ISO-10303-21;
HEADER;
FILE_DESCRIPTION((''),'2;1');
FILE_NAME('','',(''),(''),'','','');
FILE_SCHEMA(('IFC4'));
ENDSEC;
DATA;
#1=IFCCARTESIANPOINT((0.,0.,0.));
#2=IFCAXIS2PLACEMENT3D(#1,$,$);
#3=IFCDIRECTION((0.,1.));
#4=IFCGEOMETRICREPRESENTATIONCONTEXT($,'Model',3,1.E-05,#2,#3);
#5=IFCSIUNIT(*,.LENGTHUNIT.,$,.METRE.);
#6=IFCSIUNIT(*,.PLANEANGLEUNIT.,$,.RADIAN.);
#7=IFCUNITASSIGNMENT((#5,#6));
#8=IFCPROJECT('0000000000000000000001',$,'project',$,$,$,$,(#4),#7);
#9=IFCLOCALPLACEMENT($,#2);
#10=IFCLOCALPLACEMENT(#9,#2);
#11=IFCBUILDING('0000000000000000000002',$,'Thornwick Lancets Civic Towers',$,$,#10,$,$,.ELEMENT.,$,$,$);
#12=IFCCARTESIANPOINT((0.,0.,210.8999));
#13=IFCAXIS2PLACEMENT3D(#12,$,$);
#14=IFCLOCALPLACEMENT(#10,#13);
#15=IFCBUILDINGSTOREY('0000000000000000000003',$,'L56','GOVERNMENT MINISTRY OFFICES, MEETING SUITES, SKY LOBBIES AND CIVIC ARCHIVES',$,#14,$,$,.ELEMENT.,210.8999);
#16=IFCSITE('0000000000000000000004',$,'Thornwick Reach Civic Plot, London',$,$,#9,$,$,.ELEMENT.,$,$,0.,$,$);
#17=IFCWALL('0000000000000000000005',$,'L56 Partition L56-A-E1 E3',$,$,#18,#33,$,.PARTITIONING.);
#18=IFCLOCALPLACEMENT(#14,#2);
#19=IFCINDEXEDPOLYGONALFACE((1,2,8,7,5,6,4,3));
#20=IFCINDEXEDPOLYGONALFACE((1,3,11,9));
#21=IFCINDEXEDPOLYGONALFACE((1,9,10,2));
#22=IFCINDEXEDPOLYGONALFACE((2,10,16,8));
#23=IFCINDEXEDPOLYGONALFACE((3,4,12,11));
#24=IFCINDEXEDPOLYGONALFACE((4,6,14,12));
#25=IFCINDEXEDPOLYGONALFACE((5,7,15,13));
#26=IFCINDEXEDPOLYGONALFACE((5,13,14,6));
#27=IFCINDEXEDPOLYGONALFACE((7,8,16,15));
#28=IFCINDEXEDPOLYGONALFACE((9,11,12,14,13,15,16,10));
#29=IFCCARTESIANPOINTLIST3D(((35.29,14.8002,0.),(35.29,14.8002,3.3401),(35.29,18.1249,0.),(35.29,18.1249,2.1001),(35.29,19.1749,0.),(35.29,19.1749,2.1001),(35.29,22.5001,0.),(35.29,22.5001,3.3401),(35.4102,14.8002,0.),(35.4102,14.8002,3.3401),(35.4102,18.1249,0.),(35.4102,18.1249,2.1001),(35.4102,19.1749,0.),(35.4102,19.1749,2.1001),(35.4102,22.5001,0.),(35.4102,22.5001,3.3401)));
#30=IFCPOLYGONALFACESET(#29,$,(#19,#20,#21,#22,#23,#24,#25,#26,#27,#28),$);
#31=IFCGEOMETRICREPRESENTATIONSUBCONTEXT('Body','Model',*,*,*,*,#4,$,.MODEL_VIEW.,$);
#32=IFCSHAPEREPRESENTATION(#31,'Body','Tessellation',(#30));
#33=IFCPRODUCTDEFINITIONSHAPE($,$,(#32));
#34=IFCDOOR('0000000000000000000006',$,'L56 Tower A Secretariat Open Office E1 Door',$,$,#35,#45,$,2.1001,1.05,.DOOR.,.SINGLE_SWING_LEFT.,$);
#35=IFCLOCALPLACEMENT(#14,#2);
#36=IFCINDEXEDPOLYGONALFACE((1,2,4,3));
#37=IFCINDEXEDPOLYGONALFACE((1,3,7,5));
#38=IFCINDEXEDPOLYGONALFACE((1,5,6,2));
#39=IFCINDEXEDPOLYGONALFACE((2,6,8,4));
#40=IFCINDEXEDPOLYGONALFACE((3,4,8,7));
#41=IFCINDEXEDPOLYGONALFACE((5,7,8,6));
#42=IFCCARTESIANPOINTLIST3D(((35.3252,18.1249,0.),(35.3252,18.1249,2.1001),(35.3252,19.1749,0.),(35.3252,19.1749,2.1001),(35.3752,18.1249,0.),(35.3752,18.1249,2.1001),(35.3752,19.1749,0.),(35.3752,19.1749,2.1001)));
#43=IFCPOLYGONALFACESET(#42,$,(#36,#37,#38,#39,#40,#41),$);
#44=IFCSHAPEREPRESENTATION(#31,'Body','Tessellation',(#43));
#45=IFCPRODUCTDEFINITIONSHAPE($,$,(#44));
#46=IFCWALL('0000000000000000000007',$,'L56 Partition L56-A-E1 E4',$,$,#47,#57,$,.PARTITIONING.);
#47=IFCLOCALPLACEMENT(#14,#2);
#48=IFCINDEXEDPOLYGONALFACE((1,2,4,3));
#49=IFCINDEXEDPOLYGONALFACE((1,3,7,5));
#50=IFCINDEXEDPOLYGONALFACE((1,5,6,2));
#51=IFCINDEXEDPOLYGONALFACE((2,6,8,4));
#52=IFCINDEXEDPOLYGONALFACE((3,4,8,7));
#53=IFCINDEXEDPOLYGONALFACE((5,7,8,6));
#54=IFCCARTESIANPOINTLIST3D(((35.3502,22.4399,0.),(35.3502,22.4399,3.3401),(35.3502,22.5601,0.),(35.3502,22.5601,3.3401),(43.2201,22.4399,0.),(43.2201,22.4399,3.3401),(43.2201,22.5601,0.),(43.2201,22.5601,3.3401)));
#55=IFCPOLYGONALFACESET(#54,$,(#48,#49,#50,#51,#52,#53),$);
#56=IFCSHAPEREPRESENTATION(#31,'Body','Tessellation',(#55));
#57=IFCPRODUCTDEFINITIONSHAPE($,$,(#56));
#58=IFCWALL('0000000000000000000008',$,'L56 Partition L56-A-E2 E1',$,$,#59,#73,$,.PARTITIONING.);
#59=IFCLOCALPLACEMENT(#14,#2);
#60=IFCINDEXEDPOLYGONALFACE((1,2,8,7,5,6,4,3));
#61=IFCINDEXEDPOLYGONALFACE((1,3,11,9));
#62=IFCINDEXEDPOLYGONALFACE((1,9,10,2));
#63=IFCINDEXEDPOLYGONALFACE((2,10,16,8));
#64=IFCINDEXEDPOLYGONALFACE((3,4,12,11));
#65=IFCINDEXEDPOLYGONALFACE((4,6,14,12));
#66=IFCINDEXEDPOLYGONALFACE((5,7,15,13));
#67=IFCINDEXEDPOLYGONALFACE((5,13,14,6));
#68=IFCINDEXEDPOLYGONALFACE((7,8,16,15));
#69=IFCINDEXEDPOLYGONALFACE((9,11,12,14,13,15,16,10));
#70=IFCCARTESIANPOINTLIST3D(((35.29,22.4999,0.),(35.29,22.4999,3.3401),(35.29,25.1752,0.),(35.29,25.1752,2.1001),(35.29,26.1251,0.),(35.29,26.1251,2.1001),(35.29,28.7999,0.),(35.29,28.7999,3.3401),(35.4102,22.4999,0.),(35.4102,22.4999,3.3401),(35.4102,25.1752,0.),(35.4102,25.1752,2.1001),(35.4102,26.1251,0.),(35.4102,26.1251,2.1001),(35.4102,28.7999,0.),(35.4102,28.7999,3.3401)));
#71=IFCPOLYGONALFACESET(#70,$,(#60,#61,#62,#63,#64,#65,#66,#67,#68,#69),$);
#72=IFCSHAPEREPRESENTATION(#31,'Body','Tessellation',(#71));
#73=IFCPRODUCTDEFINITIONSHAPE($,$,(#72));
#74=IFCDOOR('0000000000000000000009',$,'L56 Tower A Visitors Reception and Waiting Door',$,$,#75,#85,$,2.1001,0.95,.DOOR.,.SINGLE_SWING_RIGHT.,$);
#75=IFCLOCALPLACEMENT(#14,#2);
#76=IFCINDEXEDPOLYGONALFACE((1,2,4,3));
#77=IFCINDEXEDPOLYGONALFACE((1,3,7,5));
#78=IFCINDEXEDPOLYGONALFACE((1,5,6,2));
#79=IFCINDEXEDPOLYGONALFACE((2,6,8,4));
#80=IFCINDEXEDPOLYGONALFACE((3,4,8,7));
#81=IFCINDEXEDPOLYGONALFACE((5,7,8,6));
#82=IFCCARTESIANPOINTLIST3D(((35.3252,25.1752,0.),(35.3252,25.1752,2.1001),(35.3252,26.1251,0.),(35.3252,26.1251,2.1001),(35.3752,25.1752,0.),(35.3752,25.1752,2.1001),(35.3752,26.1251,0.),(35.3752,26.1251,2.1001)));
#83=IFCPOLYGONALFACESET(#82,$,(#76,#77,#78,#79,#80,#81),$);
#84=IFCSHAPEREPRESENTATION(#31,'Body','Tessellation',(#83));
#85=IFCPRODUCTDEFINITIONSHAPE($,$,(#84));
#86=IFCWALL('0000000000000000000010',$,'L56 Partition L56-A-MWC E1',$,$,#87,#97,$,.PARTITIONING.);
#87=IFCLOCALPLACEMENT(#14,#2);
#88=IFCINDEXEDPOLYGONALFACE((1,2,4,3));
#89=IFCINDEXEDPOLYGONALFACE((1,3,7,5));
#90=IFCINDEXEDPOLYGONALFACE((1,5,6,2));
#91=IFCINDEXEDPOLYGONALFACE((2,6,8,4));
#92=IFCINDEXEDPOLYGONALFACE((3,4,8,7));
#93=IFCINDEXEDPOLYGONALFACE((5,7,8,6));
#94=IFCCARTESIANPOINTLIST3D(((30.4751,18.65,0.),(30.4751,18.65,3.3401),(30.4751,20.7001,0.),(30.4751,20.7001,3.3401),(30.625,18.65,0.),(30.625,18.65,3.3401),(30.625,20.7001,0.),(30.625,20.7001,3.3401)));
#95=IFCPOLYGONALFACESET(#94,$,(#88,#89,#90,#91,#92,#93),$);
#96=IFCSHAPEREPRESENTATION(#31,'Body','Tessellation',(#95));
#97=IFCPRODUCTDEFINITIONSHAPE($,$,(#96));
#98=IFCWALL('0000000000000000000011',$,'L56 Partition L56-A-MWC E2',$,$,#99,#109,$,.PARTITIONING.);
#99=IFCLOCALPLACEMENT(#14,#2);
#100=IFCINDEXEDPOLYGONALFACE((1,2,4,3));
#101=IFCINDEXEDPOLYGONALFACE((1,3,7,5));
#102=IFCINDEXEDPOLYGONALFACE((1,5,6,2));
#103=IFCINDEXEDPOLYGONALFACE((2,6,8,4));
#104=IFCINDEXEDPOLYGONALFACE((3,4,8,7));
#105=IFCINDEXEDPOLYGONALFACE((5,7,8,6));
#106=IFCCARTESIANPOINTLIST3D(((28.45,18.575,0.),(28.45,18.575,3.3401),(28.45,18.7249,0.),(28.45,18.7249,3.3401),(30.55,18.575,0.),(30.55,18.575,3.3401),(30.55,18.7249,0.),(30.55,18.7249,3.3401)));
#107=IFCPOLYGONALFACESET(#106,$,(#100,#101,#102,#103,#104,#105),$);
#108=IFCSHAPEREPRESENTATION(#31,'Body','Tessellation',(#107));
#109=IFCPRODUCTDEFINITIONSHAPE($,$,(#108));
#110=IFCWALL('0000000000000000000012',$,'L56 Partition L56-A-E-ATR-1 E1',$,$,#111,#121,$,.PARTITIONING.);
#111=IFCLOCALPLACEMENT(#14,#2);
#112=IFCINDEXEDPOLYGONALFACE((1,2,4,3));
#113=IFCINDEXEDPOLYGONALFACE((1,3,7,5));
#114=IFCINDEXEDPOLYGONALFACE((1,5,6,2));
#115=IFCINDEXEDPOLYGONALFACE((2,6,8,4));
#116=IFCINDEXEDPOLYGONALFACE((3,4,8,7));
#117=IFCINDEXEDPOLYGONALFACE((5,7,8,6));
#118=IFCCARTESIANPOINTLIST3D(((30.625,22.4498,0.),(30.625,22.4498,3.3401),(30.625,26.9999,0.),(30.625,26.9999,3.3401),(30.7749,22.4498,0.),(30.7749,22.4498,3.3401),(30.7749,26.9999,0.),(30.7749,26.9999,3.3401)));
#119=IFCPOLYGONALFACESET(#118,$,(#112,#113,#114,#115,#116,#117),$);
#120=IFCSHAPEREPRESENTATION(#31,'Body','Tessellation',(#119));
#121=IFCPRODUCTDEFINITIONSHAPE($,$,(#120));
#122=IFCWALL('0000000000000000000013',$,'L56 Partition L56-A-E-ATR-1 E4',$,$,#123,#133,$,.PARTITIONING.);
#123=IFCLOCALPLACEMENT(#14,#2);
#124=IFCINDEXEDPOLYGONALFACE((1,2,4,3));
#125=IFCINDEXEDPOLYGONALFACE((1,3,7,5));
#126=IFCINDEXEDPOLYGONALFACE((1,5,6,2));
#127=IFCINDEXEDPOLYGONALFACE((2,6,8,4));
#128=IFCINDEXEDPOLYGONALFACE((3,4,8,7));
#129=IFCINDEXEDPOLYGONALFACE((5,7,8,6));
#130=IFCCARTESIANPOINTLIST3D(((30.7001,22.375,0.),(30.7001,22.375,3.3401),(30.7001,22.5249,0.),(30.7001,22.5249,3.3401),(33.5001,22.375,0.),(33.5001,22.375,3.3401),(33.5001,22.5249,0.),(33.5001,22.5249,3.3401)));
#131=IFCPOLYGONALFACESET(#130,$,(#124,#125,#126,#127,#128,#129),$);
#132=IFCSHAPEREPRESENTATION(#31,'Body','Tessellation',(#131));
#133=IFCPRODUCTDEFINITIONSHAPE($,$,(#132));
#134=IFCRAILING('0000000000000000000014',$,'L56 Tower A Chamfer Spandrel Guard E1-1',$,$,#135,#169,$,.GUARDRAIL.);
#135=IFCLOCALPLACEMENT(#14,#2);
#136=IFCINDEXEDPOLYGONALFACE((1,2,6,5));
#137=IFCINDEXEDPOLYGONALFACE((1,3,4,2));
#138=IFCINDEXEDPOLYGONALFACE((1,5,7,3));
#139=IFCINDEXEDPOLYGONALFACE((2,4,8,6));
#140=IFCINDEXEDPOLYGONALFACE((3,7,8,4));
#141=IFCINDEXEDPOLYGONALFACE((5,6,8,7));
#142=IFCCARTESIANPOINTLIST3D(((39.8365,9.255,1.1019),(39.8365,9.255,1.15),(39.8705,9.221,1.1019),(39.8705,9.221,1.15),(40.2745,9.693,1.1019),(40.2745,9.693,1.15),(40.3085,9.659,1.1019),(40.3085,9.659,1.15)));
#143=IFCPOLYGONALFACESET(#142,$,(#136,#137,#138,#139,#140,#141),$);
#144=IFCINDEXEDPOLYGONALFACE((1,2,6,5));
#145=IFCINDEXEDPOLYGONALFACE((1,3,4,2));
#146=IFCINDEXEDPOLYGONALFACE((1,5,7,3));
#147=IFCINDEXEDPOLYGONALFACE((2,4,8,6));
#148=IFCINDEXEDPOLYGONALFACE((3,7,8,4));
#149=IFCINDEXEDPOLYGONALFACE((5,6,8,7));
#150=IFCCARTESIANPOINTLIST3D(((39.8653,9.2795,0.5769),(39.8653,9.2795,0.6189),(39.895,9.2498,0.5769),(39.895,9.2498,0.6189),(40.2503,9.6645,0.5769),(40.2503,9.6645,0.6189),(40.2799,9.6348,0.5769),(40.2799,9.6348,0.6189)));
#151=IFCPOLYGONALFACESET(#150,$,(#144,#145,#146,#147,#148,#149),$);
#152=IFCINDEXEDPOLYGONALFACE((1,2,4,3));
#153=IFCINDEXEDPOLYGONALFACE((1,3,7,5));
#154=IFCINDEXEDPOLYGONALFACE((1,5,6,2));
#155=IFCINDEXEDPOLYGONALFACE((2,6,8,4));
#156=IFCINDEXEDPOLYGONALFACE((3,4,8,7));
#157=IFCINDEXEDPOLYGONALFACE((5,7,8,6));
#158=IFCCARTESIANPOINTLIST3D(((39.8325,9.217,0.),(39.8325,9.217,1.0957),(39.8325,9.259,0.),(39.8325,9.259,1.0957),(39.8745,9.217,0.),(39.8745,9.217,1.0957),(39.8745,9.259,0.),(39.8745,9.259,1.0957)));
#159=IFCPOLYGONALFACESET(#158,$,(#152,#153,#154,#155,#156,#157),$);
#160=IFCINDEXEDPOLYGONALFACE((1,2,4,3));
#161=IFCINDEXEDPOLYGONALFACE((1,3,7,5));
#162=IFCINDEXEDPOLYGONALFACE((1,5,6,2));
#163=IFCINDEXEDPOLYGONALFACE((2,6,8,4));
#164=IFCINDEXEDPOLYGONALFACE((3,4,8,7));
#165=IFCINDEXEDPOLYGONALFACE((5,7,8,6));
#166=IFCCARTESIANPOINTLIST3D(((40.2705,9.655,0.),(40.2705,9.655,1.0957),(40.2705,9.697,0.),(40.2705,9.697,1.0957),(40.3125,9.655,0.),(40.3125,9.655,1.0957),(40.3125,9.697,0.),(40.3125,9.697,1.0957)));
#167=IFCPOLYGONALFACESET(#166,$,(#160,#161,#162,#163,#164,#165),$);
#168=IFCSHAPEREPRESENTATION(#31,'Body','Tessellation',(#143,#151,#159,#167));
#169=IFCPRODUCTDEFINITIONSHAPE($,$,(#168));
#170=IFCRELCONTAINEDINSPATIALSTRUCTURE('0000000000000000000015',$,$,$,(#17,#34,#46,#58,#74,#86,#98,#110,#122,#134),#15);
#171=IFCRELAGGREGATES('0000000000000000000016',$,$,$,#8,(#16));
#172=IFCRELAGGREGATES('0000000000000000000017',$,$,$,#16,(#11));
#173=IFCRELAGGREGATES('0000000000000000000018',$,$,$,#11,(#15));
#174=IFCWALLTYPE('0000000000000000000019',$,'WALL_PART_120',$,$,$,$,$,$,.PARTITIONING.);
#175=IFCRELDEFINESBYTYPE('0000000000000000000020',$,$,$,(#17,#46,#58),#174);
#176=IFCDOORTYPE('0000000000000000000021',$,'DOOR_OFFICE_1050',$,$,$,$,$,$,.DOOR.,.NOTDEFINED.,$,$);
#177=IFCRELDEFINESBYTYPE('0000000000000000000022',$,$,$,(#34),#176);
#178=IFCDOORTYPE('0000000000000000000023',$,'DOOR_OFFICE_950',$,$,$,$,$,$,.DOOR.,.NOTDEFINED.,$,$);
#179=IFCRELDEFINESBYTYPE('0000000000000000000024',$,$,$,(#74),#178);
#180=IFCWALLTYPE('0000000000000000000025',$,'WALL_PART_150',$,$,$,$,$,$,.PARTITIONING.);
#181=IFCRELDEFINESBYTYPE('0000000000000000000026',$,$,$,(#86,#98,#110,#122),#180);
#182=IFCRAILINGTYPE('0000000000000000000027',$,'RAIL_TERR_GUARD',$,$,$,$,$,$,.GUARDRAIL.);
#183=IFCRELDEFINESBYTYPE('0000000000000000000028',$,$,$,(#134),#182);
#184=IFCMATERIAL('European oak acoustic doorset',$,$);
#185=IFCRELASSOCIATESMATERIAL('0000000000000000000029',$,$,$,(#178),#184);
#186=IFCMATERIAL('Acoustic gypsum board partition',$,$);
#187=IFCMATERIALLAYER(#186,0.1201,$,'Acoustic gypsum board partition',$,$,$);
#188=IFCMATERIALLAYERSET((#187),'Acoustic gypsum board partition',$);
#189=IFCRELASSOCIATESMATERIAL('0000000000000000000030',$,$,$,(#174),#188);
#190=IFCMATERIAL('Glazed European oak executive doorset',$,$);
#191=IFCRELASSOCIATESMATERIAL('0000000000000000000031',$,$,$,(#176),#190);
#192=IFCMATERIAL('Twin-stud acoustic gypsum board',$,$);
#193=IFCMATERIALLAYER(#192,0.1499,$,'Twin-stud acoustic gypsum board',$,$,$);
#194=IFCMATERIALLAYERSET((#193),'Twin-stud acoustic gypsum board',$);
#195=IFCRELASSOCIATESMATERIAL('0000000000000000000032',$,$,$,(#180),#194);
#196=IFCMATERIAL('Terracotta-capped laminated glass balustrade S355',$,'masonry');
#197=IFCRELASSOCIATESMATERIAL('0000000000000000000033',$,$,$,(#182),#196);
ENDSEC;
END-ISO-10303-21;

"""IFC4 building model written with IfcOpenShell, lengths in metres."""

from ifc_helpers import new_model, si_unit, direction, frame, frame_2d, origin, origin_2d, place, context, subcontext, project, spatial, rectangle, extrude, material, layer, layer_set, type_object, element, fill, save


model = new_model("IFC4")

# Units and contexts
model_context = context("Model", 3, precision=1e-05, world=origin(), true_north=direction((0.0, 1.0)))
body_context = subcontext(model_context, "Body", "Model", "MODEL_VIEW")
ifc_project = project(units=[si_unit("LENGTHUNIT", "METRE"), si_unit("PLANEANGLEUNIT", "RADIAN")], contexts=[model_context])

# Site, building, storey
site_placement = place(None, origin())
site = spatial("IfcSite", under=ifc_project, at=site_placement, Name="Thornwick Reach Civic Plot, London", CompositionType="ELEMENT", RefElevation=0.0)
building_placement = place(site_placement, origin())
building = spatial("IfcBuilding", under=site, at=building_placement, Name="Thornwick Lancets Civic Towers", CompositionType="ELEMENT")
storey_placement = place(building_placement, frame((0.0, 0.0, 210.8999)))
storey = spatial("IfcBuildingStorey", under=building, at=storey_placement, Name="L56", Description="GOVERNMENT MINISTRY OFFICES, MEETING SUITES, SKY LOBBIES AND CIVIC ARCHIVES", CompositionType="ELEMENT", Elevation=210.8999)

# Shared definitions
ifc_material_1 = material(Name="European oak acoustic doorset")
door_type_1 = type_object("IfcDoorType", Name="DOOR_OFFICE_950", OperationType="NOTDEFINED", PredefinedType="DOOR", material=ifc_material_1)

# Shared definitions
ifc_material_2 = material(Name="Acoustic gypsum board partition")
ifc_layer_1 = layer(ifc_material_2, 0.1201, Name="Acoustic gypsum board partition")
ifc_layer_set_1 = layer_set([ifc_layer_1], Name="Acoustic gypsum board partition")
wall_type_1 = type_object("IfcWallType", Name="WALL_PART_120", PredefinedType="PARTITIONING", material=ifc_layer_set_1)

# Wall, opening, door
wall_1_placement = place(storey_placement, frame((35.3501, 14.8, 0.0), z_axis=(0.0, 0.0, 1.0), x_axis=(0.0, 1.0, 0.0)))
wall_1 = element("IfcWall", 1, at=wall_1_placement, inside=storey, type_object=wall_type_1, Name="L56 Partition L56-A-E1 E3", PredefinedType="PARTITIONING", context=body_context, shape_type="SweptSolid", body=[
    extrude(rectangle(XDim=7.7, YDim=0.1201, at=frame_2d((3.8501, 0.0))), origin(), (0.0, 0.0, 1.0), 3.3401),
])
opening_1_placement = place(wall_1_placement, frame((3.325, 0.0, 0.0)))
opening_1 = element("IfcOpeningElement", 2, at=opening_1_placement, cuts=wall_1, PredefinedType="OPENING", context=body_context, shape_type="SweptSolid", body=[
    extrude(rectangle(XDim=1.05, YDim=2.1001, at=frame_2d((0.5249, 1.05))), frame((0.0, 0.0701, 0.0), z_axis=(0.0, -1.0, 0.0), x_axis=(1.0, 0.0, 0.0)), (0.0, 0.0, 1.0), 0.1401),
])
ifc_material_3 = material(Name="Glazed European oak executive doorset")
door_type_2 = type_object("IfcDoorType", Name="DOOR_OFFICE_1050", OperationType="NOTDEFINED", PredefinedType="DOOR", material=ifc_material_3)
door_1_placement = place(opening_1_placement, origin())
door_1 = element("IfcDoor", 3, at=door_1_placement, inside=storey, type_object=door_type_2, Name="L56 Tower A Secretariat Open Office E1 Door", OperationType="SINGLE_SWING_LEFT", OverallHeight=2.1001, OverallWidth=1.05, PredefinedType="DOOR", context=body_context, shape_type="SweptSolid", body=[
    extrude(rectangle(XDim=1.05, YDim=2.1001, at=frame_2d((0.5249, 1.05))), frame((0.0, 0.0249, 0.0), z_axis=(0.0, -1.0, 0.0), x_axis=(1.0, 0.0, 0.0)), (0.0, 0.0, 1.0), 0.05),
])
fill(opening_1, door_1)

# Wall
wall_2_placement = place(storey_placement, frame((35.3501, 22.5, 0.0), z_axis=(0.0, 0.0, 1.0), x_axis=(1.0, 0.0, 0.0)))
element("IfcWall", 4, at=wall_2_placement, inside=storey, type_object=wall_type_1, Name="L56 Partition L56-A-E1 E4", PredefinedType="PARTITIONING", context=body_context, shape_type="SweptSolid", body=[
    extrude(rectangle(XDim=7.8699, YDim=0.1201, at=frame_2d((3.9351, 0.0))), origin(), (0.0, 0.0, 1.0), 3.3401),
])

# Wall, opening, door
wall_3_placement = place(storey_placement, frame((35.3501, 22.5, 0.0), z_axis=(0.0, 0.0, 1.0), x_axis=(0.0, 1.0, 0.0)))
wall_3 = element("IfcWall", 5, at=wall_3_placement, inside=storey, type_object=wall_type_1, Name="L56 Partition L56-A-E2 E1", PredefinedType="PARTITIONING", context=body_context, shape_type="SweptSolid", body=[
    extrude(rectangle(XDim=6.3, YDim=0.1201, at=frame_2d((3.1499, 0.0))), origin(), (0.0, 0.0, 1.0), 3.3401),
])
opening_2_placement = place(wall_3_placement, frame((2.675, 0.0, 0.0)))
opening_2 = element("IfcOpeningElement", 6, at=opening_2_placement, cuts=wall_3, PredefinedType="OPENING", context=body_context, shape_type="SweptSolid", body=[
    extrude(rectangle(XDim=0.95, YDim=2.1001, at=frame_2d((0.4751, 1.05))), frame((0.0, 0.0701, 0.0), z_axis=(0.0, -1.0, 0.0), x_axis=(1.0, 0.0, 0.0)), (0.0, 0.0, 1.0), 0.1401),
])
door_2_placement = place(opening_2_placement, origin())
door_2 = element("IfcDoor", 7, at=door_2_placement, inside=storey, type_object=door_type_1, Name="L56 Tower A Visitors Reception and Waiting Door", OperationType="SINGLE_SWING_RIGHT", OverallHeight=2.1001, OverallWidth=0.95, PredefinedType="DOOR", context=body_context, shape_type="SweptSolid", body=[
    extrude(rectangle(XDim=0.95, YDim=2.1001, at=frame_2d((0.4751, 1.05))), frame((0.0, 0.0249, 0.0), z_axis=(0.0, -1.0, 0.0), x_axis=(1.0, 0.0, 0.0)), (0.0, 0.0, 1.0), 0.05),
])
fill(opening_2, door_2)

# Walls
ifc_material_4 = material(Name="Twin-stud acoustic gypsum board")
ifc_layer_2 = layer(ifc_material_4, 0.1499, Name="Twin-stud acoustic gypsum board")
ifc_layer_set_2 = layer_set([ifc_layer_2], Name="Twin-stud acoustic gypsum board")
wall_type_2 = type_object("IfcWallType", Name="WALL_PART_150", PredefinedType="PARTITIONING", material=ifc_layer_set_2)
wall_4_placement = place(storey_placement, frame((30.55, 20.7, 0.0), z_axis=(0.0, 0.0, 1.0), x_axis=(0.0, -1.0, 0.0)))
element("IfcWall", 8, at=wall_4_placement, inside=storey, type_object=wall_type_2, Name="L56 Partition L56-A-MWC E1", PredefinedType="PARTITIONING", context=body_context, shape_type="SweptSolid", body=[
    extrude(rectangle(XDim=2.05, YDim=0.1499, at=frame_2d((1.0249, 0.0))), origin(), (0.0, 0.0, 1.0), 3.3401),
])
wall_5_placement = place(storey_placement, frame((30.55, 18.6499, 0.0), z_axis=(0.0, 0.0, 1.0), x_axis=(-1.0, 0.0, 0.0)))
element("IfcWall", 9, at=wall_5_placement, inside=storey, type_object=wall_type_2, Name="L56 Partition L56-A-MWC E2", PredefinedType="PARTITIONING", context=body_context, shape_type="SweptSolid", body=[
    extrude(rectangle(XDim=2.1001, YDim=0.1499, at=frame_2d((1.05, 0.0))), origin(), (0.0, 0.0, 1.0), 3.3401),
])
wall_6_placement = place(storey_placement, frame((30.7, 22.45, 0.0), z_axis=(0.0, 0.0, 1.0), x_axis=(0.0, 1.0, 0.0)))
element("IfcWall", 10, at=wall_6_placement, inside=storey, type_object=wall_type_2, Name="L56 Partition L56-A-E-ATR-1 E1", PredefinedType="PARTITIONING", context=body_context, shape_type="SweptSolid", body=[
    extrude(rectangle(XDim=4.55, YDim=0.1499, at=frame_2d((2.2749, 0.0))), origin(), (0.0, 0.0, 1.0), 3.3401),
])
wall_7_placement = place(storey_placement, frame((33.5, 22.45, 0.0), z_axis=(0.0, 0.0, 1.0), x_axis=(-1.0, 0.0, 0.0)))
element("IfcWall", 11, at=wall_7_placement, inside=storey, type_object=wall_type_2, Name="L56 Partition L56-A-E-ATR-1 E4", PredefinedType="PARTITIONING", context=body_context, shape_type="SweptSolid", body=[
    extrude(rectangle(XDim=2.8, YDim=0.1499, at=frame_2d((1.3999, 0.0))), origin(), (0.0, 0.0, 1.0), 3.3401),
])

# Railing
ifc_material_5 = material(Name="Terracotta-capped laminated glass balustrade S355", Category="masonry")
railing_type = type_object("IfcRailingType", Name="RAIL_TERR_GUARD", PredefinedType="GUARDRAIL", material=ifc_material_5)
for number, where, name in (
    (12, (39.8535, 9.238, 0.0), "L56 Tower A Chamfer Spandrel Guard E1-1"),
):
    element("IfcRailing", number, at=place(storey_placement, frame(where)), inside=storey, type_object=railing_type, Name=name, PredefinedType="GUARDRAIL", context=body_context, shape_type="SweptSolid", body=[
        extrude(rectangle(XDim=0.0481, YDim=0.0481, at=origin_2d()), frame((0.0, 0.0, 1.126), z_axis=(0.707107, 0.707107, 0.0), x_axis=(-0.707107, 0.707107, 0.0)), (0.0, 0.0, 1.0), 0.6194),
        extrude(rectangle(XDim=0.042, YDim=0.042, at=origin_2d()), frame((0.0266, 0.0266, 0.5979), z_axis=(0.707107, 0.707107, 0.0), x_axis=(-0.707107, 0.707107, 0.0)), (0.0, 0.0, 1.0), 0.5444),
        extrude(rectangle(XDim=0.042, YDim=0.042, at=origin_2d()), origin(), (0.0, 0.0, 1.0), 1.0957),
        extrude(rectangle(XDim=0.042, YDim=0.042, at=origin_2d()), frame((0.438, 0.438, 0.0)), (0.0, 0.0, 1.0), 1.0957),
    ])

save(model, "model.ifc")
